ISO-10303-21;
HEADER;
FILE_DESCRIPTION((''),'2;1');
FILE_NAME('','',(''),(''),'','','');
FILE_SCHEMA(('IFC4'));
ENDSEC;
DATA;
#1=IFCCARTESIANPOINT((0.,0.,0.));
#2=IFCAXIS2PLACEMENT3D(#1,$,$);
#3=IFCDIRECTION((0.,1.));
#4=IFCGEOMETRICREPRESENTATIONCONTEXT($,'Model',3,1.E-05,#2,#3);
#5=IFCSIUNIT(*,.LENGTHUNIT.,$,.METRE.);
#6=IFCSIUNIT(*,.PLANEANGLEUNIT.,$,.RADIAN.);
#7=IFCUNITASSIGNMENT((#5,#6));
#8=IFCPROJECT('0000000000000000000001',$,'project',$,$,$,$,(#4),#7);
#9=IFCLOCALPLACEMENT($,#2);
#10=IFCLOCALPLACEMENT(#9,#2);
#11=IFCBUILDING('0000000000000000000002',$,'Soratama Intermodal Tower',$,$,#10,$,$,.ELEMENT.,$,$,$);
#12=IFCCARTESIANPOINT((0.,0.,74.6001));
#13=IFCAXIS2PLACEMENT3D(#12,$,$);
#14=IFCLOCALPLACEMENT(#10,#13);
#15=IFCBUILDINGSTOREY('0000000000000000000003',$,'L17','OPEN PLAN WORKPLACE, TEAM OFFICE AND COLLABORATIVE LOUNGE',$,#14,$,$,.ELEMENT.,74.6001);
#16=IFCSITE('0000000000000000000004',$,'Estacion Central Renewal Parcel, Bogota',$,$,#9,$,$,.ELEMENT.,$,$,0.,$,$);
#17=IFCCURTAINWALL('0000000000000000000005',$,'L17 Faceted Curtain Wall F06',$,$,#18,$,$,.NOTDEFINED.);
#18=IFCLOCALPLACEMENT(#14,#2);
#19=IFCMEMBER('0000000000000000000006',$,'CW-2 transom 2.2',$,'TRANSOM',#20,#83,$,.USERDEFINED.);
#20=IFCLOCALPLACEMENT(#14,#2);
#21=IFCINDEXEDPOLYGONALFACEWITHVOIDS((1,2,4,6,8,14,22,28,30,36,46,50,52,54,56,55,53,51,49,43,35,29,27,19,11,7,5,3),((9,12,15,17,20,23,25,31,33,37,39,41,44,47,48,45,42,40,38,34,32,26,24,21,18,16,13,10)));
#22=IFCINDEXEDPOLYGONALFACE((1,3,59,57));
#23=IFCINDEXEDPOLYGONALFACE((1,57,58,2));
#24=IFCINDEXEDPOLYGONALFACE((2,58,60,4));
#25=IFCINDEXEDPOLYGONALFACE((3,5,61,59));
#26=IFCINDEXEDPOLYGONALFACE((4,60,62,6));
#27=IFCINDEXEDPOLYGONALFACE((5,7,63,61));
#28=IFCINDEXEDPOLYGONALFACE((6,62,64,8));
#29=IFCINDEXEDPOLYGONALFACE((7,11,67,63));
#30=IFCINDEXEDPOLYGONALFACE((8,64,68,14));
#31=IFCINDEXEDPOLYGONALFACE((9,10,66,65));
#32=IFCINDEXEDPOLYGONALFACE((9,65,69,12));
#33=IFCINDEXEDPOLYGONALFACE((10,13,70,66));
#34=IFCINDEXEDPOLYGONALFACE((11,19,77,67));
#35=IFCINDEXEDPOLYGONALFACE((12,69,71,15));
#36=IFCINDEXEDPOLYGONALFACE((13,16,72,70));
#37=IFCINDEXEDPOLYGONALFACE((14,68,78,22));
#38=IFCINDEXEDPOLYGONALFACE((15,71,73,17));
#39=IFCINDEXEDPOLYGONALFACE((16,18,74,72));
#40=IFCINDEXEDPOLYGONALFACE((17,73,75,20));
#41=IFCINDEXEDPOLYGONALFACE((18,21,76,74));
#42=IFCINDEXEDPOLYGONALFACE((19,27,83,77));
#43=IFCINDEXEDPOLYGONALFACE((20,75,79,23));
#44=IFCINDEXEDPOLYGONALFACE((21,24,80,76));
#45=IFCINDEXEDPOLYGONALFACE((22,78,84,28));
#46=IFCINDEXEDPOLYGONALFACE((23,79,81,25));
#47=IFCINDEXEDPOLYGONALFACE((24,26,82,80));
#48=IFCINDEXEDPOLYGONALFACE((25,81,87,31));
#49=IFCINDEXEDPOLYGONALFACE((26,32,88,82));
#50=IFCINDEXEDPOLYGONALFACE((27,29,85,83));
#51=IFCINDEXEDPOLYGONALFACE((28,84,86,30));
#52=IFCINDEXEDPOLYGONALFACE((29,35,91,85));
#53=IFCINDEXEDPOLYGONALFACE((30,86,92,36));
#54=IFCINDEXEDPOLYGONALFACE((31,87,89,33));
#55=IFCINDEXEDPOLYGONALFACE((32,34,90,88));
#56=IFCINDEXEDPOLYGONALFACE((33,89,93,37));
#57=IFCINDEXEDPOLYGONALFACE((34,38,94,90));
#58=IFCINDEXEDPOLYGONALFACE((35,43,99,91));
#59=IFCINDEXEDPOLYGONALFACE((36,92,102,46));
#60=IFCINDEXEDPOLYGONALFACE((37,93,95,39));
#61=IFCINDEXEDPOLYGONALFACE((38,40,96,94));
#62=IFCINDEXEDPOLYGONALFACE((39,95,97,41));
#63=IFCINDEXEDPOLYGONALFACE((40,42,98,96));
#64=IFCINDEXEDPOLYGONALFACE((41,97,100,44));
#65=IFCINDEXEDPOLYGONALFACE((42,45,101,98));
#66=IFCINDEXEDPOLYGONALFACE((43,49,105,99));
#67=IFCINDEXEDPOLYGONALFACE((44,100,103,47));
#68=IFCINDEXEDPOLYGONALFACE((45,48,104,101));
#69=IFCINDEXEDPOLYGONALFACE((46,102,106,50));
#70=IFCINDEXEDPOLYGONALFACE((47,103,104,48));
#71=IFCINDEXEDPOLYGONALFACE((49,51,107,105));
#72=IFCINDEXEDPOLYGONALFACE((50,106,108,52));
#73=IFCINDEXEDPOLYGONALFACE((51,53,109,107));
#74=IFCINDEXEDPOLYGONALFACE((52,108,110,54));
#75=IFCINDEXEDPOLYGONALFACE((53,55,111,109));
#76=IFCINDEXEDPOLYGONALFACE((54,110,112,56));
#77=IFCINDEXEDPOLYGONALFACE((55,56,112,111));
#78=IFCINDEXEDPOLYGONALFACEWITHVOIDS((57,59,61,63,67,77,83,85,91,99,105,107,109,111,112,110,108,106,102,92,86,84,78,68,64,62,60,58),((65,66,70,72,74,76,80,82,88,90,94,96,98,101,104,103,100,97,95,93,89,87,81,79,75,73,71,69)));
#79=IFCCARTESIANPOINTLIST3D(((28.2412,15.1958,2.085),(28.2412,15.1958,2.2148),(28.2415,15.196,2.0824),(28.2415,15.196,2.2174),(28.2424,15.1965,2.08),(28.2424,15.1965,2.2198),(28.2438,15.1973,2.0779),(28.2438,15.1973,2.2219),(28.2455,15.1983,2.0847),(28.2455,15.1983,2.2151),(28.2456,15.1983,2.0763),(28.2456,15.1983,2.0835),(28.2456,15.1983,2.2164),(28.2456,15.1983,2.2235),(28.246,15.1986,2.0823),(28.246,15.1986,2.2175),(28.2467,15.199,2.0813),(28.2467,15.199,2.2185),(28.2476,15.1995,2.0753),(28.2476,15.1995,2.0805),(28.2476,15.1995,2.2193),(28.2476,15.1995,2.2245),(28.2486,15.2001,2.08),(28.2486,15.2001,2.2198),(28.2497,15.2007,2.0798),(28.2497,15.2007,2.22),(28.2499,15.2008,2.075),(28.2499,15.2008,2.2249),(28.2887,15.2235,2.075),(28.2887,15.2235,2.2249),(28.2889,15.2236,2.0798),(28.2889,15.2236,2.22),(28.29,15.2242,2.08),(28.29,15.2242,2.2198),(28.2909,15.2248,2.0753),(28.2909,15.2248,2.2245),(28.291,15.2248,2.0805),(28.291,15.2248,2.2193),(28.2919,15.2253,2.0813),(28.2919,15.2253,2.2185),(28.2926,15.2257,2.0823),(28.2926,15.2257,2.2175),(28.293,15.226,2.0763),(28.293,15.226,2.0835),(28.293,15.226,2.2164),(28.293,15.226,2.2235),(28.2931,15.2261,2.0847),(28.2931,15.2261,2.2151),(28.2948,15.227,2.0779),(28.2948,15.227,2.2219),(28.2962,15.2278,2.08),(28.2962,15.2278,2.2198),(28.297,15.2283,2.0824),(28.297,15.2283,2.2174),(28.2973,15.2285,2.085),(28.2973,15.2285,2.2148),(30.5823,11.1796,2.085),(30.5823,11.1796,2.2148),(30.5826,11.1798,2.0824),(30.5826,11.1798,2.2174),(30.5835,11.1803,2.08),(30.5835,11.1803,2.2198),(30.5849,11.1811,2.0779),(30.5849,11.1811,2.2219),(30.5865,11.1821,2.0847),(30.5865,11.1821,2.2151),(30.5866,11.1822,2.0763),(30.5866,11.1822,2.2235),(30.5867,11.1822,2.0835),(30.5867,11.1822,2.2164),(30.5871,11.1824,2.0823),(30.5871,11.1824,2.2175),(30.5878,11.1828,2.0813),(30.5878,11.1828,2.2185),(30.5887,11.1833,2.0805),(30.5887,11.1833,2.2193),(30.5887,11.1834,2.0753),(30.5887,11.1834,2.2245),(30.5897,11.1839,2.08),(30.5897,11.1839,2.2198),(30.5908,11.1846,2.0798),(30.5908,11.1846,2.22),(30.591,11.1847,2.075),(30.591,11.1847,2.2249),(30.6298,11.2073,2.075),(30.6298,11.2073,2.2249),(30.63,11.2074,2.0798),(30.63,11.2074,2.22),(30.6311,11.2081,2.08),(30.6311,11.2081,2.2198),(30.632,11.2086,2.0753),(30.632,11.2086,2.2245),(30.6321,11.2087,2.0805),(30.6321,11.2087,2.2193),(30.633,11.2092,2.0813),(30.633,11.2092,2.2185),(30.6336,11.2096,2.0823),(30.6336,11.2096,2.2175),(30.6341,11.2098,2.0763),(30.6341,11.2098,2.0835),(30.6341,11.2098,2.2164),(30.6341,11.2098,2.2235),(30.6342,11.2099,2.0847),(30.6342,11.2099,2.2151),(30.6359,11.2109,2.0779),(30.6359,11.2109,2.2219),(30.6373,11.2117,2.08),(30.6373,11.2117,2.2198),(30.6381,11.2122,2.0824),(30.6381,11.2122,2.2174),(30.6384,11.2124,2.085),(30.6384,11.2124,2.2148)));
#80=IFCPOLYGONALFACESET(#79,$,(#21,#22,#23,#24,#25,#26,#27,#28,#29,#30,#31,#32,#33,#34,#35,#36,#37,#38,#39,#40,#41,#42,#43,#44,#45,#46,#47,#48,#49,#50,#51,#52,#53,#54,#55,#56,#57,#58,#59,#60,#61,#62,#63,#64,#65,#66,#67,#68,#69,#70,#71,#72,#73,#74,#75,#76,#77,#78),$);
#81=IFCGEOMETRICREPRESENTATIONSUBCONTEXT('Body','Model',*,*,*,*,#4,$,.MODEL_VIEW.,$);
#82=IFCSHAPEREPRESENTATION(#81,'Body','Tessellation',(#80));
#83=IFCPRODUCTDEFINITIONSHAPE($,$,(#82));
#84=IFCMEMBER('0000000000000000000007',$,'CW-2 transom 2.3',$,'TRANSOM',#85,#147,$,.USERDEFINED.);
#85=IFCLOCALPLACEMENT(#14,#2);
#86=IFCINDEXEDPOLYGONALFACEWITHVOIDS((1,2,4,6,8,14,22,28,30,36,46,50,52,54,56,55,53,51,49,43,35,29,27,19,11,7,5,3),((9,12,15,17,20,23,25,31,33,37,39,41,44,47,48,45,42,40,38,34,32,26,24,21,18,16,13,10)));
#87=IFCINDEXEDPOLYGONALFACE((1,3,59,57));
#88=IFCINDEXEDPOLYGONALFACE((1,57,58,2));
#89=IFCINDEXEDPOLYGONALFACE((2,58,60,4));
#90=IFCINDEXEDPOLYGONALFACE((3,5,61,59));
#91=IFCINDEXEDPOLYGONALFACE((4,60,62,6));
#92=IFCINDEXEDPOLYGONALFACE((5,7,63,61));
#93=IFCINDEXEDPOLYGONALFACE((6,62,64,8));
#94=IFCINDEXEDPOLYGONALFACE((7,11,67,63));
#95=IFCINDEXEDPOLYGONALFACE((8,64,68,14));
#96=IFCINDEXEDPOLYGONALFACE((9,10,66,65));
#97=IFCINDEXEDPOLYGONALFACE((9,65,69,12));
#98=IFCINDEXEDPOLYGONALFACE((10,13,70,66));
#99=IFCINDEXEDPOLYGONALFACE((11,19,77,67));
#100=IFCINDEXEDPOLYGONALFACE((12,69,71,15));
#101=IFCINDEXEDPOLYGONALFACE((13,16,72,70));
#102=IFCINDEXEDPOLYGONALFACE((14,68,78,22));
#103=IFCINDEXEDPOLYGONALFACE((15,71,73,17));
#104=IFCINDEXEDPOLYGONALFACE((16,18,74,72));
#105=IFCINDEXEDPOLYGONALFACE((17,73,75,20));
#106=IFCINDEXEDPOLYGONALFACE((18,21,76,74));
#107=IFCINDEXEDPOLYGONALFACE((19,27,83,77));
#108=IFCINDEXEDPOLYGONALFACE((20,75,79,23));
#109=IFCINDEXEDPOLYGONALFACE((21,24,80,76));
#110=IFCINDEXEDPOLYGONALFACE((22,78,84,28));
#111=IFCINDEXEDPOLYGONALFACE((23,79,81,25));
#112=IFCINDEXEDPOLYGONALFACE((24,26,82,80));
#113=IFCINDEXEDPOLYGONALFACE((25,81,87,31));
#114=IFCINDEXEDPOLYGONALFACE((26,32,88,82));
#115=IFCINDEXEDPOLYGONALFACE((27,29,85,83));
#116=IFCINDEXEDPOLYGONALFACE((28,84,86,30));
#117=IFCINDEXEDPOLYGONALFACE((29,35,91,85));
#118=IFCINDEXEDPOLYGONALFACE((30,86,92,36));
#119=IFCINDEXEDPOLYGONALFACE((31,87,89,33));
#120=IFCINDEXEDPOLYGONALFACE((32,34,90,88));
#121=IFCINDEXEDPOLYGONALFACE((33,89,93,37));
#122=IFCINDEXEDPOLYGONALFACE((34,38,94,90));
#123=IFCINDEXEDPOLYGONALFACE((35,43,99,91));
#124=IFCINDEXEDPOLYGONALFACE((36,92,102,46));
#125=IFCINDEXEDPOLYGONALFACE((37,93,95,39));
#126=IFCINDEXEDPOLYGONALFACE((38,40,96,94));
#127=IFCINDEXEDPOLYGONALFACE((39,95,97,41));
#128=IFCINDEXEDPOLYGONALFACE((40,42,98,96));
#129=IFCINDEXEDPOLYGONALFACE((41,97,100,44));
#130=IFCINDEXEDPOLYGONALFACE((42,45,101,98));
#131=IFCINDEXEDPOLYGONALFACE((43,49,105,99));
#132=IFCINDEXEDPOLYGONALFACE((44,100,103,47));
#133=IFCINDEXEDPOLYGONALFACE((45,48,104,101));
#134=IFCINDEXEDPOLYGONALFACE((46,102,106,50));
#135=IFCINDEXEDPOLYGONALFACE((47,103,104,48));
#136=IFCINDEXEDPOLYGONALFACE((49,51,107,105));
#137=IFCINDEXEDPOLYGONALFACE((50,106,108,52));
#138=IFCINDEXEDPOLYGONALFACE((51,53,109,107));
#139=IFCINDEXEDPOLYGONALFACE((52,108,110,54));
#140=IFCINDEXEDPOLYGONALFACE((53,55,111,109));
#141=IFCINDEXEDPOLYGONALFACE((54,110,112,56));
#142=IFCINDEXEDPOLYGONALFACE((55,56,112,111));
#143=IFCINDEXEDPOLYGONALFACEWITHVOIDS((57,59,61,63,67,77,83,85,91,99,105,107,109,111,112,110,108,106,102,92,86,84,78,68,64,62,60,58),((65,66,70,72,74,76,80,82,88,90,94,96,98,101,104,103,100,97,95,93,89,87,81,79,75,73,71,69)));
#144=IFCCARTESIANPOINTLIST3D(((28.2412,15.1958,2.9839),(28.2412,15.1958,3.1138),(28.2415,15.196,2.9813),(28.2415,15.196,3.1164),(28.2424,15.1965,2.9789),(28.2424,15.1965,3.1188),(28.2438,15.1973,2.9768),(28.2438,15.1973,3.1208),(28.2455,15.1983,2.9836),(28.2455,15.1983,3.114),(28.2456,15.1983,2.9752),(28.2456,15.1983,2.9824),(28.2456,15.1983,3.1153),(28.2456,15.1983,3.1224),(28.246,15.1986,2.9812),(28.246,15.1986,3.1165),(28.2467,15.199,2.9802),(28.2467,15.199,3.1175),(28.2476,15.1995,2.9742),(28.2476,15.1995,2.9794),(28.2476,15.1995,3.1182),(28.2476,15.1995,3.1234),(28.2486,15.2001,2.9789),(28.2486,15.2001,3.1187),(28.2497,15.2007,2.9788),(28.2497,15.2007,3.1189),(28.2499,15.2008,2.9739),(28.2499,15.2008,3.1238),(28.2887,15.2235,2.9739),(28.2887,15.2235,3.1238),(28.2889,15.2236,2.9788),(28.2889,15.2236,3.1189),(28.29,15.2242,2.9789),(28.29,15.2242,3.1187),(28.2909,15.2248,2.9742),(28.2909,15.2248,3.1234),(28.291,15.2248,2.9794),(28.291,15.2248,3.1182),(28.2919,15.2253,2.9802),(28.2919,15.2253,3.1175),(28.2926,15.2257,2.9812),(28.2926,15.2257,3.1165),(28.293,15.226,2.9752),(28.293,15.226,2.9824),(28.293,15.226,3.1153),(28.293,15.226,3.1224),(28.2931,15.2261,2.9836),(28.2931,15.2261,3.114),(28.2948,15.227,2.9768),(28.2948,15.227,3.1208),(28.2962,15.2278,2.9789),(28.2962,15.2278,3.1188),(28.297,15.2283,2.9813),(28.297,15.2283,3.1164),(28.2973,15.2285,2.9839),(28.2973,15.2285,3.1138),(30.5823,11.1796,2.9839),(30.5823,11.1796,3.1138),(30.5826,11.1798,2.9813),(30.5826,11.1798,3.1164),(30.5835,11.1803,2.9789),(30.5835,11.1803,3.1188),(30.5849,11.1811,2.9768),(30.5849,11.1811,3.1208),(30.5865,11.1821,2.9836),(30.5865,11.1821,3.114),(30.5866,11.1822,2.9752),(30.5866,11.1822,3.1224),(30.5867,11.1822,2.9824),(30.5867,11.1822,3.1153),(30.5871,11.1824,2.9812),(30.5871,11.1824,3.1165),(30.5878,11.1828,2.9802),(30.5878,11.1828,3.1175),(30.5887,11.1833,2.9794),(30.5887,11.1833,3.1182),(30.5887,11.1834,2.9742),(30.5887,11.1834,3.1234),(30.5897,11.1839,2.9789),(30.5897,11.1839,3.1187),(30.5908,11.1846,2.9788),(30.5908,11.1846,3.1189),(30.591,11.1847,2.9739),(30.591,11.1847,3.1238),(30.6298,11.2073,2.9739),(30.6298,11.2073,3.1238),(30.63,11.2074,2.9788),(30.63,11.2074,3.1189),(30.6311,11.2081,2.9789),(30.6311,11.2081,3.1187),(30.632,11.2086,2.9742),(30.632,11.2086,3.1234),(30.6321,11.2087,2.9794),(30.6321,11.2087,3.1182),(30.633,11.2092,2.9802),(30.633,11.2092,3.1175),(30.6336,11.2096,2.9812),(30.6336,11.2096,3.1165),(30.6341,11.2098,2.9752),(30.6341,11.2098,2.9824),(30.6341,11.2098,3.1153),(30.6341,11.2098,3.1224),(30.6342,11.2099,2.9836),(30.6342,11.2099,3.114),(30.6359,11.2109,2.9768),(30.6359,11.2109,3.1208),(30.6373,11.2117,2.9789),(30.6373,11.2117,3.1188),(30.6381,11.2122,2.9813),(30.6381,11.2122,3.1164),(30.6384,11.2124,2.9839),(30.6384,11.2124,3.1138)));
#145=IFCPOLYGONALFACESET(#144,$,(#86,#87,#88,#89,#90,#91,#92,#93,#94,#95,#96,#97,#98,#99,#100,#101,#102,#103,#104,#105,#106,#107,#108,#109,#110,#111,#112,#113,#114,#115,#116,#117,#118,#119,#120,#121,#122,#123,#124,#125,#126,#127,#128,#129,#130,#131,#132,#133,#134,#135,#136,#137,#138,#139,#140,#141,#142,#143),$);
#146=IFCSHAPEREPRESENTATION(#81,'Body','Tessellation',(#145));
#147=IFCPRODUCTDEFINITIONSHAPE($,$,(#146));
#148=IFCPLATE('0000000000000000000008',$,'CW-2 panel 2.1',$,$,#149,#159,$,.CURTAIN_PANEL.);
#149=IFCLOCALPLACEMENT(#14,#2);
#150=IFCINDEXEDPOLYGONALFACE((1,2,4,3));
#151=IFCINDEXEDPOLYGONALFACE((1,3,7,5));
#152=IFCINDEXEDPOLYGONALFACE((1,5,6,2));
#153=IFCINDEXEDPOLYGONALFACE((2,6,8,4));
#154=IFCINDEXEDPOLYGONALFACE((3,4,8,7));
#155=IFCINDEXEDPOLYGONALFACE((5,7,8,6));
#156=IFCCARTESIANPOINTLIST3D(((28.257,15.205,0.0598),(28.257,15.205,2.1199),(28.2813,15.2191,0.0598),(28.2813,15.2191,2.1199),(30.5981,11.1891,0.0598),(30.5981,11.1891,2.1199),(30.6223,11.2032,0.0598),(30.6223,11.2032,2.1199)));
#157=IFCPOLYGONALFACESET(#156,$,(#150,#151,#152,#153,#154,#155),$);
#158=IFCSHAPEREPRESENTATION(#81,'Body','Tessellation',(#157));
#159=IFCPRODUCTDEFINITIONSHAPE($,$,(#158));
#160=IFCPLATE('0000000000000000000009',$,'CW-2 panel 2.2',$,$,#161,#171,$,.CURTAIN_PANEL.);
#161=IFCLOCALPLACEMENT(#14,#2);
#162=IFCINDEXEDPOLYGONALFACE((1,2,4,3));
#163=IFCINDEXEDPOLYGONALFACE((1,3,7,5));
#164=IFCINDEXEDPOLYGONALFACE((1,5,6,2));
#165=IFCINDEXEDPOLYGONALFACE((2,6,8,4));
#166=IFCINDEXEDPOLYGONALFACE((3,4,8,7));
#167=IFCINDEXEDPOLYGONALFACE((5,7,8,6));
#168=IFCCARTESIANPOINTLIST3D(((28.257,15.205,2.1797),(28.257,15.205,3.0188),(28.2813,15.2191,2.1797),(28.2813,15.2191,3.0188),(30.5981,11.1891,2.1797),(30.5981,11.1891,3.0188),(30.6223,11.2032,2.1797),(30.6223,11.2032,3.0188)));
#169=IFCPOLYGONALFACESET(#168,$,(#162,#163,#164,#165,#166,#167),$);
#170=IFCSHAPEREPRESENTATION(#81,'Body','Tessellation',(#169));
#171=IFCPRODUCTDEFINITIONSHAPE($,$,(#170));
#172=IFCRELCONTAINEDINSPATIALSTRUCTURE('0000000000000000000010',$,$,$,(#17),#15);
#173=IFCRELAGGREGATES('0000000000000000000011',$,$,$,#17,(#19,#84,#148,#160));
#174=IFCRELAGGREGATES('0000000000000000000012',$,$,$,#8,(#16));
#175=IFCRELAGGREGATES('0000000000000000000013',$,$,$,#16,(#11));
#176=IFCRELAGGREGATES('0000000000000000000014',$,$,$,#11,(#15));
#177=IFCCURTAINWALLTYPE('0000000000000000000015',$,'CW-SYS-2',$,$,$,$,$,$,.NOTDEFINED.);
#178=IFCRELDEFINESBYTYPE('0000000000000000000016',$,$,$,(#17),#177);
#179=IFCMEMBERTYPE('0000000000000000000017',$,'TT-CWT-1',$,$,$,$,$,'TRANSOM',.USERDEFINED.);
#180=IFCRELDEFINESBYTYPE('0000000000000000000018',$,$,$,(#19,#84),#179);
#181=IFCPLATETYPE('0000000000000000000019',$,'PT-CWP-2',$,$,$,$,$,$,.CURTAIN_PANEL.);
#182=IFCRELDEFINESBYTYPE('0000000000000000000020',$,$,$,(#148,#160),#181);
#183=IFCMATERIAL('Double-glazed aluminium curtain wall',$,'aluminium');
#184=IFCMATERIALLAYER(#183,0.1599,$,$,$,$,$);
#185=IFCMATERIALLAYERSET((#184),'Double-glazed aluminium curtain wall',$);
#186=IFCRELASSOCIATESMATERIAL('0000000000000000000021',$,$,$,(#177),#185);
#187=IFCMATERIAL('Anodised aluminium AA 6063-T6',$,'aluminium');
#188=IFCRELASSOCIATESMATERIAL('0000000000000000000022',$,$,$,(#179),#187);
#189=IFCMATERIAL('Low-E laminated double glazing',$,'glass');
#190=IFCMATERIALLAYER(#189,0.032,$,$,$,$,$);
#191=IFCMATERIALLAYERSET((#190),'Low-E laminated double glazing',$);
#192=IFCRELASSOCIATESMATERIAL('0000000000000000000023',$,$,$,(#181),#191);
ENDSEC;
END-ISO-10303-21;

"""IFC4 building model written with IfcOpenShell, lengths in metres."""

from ifc_helpers import new_model, si_unit, direction, frame, origin, origin_2d, place, context, subcontext, project, spatial, rectangle, hollow_rectangle, extrude, material, layer, layer_set, material_profile, profile_set, type_object, element, aggregate, save


model = new_model("IFC4")

# Units and contexts
model_context = context("Model", 3, precision=1e-05, world=origin(), true_north=direction((0.0, 1.0)))
body_context = subcontext(model_context, "Body", "Model", "MODEL_VIEW")
ifc_project = project(units=[si_unit("LENGTHUNIT", "METRE"), si_unit("PLANEANGLEUNIT", "RADIAN")], contexts=[model_context])

# Site, building, storey
site_placement = place(None, origin())
site = spatial("IfcSite", under=ifc_project, at=site_placement, Name="Estacion Central Renewal Parcel, Bogota", CompositionType="ELEMENT", RefElevation=0.0)
building_placement = place(site_placement, origin())
building = spatial("IfcBuilding", under=site, at=building_placement, Name="Soratama Intermodal Tower", CompositionType="ELEMENT")
storey_placement = place(building_placement, frame((0.0, 0.0, 74.6001)))
storey = spatial("IfcBuildingStorey", under=building, at=storey_placement, Name="L17", Description="OPEN PLAN WORKPLACE, TEAM OFFICE AND COLLABORATIVE LOUNGE", CompositionType="ELEMENT", Elevation=74.6001)

# Curtain wall
ifc_material_1 = material(Name="Double-glazed aluminium curtain wall", Category="aluminium")
ifc_layer_1 = layer(ifc_material_1, 0.1599)
ifc_layer_set_1 = layer_set([ifc_layer_1], Name="Double-glazed aluminium curtain wall")
curtain_wall_type = type_object("IfcCurtainWallType", Name="CW-SYS-2", PredefinedType="NOTDEFINED", material=ifc_layer_set_1)
curtain_wall_1_placement = place(storey_placement, origin())
curtain_wall_1 = element("IfcCurtainWall", 1, at=curtain_wall_1_placement, inside=storey, type_object=curtain_wall_type, Name="L17 Faceted Curtain Wall F06", PredefinedType="NOTDEFINED")

# Members
ifc_material_2 = material(Name="Anodised aluminium AA 6063-T6", Category="aluminium")
ifc_material_profile_1 = material_profile(ifc_material_2, hollow_rectangle(XDim=0.0649, YDim=0.1499, WallThickness=0.0049, InnerFilletRadius=0.0049, OuterFilletRadius=0.01, at=origin_2d()), Name="CWT150X65X5")
ifc_profile_set_1 = profile_set([ifc_material_profile_1], Name="Anodised aluminium AA 6063-T6")
member_type_1 = type_object("IfcMemberType", Name="TT-CWT-1", ElementType="TRANSOM", PredefinedType="USERDEFINED", material=ifc_profile_set_1)
member_1_placement = place(storey_placement, frame((28.2693, 15.2122, 2.1499), z_axis=(0.503603, -0.863935, 0.0), x_axis=(0.863935, 0.503603, 0.0)))
member_1 = element("IfcMember", 2, at=member_1_placement, type_object=member_type_1, Name="CW-2 transom 2.2", ObjectType="TRANSOM", PredefinedType="USERDEFINED", context=body_context, shape_type="SweptSolid", body=[
    extrude(hollow_rectangle(XDim=0.0649, YDim=0.1499, WallThickness=0.0049, InnerFilletRadius=0.0049, OuterFilletRadius=0.01, at=origin_2d()), origin(), (0.0, 0.0, 1.0), 4.6487),
])
member_2_placement = place(storey_placement, frame((28.2693, 15.2122, 3.0488), z_axis=(0.503603, -0.863935, 0.0), x_axis=(0.863935, 0.503603, 0.0)))
member_2 = element("IfcMember", 3, at=member_2_placement, type_object=member_type_1, Name="CW-2 transom 2.3", ObjectType="TRANSOM", PredefinedType="USERDEFINED", context=body_context, shape_type="SweptSolid", body=[
    extrude(hollow_rectangle(XDim=0.0649, YDim=0.1499, WallThickness=0.0049, InnerFilletRadius=0.0049, OuterFilletRadius=0.01, at=origin_2d()), origin(), (0.0, 0.0, 1.0), 4.6487),
])

# Plates
ifc_material_3 = material(Name="Low-E laminated double glazing", Category="glass")
ifc_layer_2 = layer(ifc_material_3, 0.032)
ifc_layer_set_2 = layer_set([ifc_layer_2], Name="Low-E laminated double glazing")
plate_type = type_object("IfcPlateType", Name="PT-CWP-2", PredefinedType="CURTAIN_PANEL", material=ifc_layer_set_2)
plate_1_placement = place(storey_placement, frame((29.4397, 13.2041, 0.0598), z_axis=(0.0, 0.0, 1.0), x_axis=(0.50362, -0.863925, 0.0)))
plate_1 = element("IfcPlate", 4, at=plate_1_placement, type_object=plate_type, Name="CW-2 panel 2.1", PredefinedType="CURTAIN_PANEL", context=body_context, shape_type="SweptSolid", body=[
    extrude(rectangle(XDim=4.6484, YDim=0.0281, at=origin_2d()), origin(), (0.0, 0.0, 1.0), 2.0601),
])
plate_2_placement = place(storey_placement, frame((29.4397, 13.2041, 2.1797), z_axis=(0.0, 0.0, 1.0), x_axis=(0.50362, -0.863925, 0.0)))
plate_2 = element("IfcPlate", 5, at=plate_2_placement, type_object=plate_type, Name="CW-2 panel 2.2", PredefinedType="CURTAIN_PANEL", context=body_context, shape_type="SweptSolid", body=[
    extrude(rectangle(XDim=4.6484, YDim=0.0281, at=origin_2d()), origin(), (0.0, 0.0, 1.0), 0.8391),
])
aggregate(curtain_wall_1, [member_1, member_2, plate_1, plate_2])

save(model, "model.ifc")
